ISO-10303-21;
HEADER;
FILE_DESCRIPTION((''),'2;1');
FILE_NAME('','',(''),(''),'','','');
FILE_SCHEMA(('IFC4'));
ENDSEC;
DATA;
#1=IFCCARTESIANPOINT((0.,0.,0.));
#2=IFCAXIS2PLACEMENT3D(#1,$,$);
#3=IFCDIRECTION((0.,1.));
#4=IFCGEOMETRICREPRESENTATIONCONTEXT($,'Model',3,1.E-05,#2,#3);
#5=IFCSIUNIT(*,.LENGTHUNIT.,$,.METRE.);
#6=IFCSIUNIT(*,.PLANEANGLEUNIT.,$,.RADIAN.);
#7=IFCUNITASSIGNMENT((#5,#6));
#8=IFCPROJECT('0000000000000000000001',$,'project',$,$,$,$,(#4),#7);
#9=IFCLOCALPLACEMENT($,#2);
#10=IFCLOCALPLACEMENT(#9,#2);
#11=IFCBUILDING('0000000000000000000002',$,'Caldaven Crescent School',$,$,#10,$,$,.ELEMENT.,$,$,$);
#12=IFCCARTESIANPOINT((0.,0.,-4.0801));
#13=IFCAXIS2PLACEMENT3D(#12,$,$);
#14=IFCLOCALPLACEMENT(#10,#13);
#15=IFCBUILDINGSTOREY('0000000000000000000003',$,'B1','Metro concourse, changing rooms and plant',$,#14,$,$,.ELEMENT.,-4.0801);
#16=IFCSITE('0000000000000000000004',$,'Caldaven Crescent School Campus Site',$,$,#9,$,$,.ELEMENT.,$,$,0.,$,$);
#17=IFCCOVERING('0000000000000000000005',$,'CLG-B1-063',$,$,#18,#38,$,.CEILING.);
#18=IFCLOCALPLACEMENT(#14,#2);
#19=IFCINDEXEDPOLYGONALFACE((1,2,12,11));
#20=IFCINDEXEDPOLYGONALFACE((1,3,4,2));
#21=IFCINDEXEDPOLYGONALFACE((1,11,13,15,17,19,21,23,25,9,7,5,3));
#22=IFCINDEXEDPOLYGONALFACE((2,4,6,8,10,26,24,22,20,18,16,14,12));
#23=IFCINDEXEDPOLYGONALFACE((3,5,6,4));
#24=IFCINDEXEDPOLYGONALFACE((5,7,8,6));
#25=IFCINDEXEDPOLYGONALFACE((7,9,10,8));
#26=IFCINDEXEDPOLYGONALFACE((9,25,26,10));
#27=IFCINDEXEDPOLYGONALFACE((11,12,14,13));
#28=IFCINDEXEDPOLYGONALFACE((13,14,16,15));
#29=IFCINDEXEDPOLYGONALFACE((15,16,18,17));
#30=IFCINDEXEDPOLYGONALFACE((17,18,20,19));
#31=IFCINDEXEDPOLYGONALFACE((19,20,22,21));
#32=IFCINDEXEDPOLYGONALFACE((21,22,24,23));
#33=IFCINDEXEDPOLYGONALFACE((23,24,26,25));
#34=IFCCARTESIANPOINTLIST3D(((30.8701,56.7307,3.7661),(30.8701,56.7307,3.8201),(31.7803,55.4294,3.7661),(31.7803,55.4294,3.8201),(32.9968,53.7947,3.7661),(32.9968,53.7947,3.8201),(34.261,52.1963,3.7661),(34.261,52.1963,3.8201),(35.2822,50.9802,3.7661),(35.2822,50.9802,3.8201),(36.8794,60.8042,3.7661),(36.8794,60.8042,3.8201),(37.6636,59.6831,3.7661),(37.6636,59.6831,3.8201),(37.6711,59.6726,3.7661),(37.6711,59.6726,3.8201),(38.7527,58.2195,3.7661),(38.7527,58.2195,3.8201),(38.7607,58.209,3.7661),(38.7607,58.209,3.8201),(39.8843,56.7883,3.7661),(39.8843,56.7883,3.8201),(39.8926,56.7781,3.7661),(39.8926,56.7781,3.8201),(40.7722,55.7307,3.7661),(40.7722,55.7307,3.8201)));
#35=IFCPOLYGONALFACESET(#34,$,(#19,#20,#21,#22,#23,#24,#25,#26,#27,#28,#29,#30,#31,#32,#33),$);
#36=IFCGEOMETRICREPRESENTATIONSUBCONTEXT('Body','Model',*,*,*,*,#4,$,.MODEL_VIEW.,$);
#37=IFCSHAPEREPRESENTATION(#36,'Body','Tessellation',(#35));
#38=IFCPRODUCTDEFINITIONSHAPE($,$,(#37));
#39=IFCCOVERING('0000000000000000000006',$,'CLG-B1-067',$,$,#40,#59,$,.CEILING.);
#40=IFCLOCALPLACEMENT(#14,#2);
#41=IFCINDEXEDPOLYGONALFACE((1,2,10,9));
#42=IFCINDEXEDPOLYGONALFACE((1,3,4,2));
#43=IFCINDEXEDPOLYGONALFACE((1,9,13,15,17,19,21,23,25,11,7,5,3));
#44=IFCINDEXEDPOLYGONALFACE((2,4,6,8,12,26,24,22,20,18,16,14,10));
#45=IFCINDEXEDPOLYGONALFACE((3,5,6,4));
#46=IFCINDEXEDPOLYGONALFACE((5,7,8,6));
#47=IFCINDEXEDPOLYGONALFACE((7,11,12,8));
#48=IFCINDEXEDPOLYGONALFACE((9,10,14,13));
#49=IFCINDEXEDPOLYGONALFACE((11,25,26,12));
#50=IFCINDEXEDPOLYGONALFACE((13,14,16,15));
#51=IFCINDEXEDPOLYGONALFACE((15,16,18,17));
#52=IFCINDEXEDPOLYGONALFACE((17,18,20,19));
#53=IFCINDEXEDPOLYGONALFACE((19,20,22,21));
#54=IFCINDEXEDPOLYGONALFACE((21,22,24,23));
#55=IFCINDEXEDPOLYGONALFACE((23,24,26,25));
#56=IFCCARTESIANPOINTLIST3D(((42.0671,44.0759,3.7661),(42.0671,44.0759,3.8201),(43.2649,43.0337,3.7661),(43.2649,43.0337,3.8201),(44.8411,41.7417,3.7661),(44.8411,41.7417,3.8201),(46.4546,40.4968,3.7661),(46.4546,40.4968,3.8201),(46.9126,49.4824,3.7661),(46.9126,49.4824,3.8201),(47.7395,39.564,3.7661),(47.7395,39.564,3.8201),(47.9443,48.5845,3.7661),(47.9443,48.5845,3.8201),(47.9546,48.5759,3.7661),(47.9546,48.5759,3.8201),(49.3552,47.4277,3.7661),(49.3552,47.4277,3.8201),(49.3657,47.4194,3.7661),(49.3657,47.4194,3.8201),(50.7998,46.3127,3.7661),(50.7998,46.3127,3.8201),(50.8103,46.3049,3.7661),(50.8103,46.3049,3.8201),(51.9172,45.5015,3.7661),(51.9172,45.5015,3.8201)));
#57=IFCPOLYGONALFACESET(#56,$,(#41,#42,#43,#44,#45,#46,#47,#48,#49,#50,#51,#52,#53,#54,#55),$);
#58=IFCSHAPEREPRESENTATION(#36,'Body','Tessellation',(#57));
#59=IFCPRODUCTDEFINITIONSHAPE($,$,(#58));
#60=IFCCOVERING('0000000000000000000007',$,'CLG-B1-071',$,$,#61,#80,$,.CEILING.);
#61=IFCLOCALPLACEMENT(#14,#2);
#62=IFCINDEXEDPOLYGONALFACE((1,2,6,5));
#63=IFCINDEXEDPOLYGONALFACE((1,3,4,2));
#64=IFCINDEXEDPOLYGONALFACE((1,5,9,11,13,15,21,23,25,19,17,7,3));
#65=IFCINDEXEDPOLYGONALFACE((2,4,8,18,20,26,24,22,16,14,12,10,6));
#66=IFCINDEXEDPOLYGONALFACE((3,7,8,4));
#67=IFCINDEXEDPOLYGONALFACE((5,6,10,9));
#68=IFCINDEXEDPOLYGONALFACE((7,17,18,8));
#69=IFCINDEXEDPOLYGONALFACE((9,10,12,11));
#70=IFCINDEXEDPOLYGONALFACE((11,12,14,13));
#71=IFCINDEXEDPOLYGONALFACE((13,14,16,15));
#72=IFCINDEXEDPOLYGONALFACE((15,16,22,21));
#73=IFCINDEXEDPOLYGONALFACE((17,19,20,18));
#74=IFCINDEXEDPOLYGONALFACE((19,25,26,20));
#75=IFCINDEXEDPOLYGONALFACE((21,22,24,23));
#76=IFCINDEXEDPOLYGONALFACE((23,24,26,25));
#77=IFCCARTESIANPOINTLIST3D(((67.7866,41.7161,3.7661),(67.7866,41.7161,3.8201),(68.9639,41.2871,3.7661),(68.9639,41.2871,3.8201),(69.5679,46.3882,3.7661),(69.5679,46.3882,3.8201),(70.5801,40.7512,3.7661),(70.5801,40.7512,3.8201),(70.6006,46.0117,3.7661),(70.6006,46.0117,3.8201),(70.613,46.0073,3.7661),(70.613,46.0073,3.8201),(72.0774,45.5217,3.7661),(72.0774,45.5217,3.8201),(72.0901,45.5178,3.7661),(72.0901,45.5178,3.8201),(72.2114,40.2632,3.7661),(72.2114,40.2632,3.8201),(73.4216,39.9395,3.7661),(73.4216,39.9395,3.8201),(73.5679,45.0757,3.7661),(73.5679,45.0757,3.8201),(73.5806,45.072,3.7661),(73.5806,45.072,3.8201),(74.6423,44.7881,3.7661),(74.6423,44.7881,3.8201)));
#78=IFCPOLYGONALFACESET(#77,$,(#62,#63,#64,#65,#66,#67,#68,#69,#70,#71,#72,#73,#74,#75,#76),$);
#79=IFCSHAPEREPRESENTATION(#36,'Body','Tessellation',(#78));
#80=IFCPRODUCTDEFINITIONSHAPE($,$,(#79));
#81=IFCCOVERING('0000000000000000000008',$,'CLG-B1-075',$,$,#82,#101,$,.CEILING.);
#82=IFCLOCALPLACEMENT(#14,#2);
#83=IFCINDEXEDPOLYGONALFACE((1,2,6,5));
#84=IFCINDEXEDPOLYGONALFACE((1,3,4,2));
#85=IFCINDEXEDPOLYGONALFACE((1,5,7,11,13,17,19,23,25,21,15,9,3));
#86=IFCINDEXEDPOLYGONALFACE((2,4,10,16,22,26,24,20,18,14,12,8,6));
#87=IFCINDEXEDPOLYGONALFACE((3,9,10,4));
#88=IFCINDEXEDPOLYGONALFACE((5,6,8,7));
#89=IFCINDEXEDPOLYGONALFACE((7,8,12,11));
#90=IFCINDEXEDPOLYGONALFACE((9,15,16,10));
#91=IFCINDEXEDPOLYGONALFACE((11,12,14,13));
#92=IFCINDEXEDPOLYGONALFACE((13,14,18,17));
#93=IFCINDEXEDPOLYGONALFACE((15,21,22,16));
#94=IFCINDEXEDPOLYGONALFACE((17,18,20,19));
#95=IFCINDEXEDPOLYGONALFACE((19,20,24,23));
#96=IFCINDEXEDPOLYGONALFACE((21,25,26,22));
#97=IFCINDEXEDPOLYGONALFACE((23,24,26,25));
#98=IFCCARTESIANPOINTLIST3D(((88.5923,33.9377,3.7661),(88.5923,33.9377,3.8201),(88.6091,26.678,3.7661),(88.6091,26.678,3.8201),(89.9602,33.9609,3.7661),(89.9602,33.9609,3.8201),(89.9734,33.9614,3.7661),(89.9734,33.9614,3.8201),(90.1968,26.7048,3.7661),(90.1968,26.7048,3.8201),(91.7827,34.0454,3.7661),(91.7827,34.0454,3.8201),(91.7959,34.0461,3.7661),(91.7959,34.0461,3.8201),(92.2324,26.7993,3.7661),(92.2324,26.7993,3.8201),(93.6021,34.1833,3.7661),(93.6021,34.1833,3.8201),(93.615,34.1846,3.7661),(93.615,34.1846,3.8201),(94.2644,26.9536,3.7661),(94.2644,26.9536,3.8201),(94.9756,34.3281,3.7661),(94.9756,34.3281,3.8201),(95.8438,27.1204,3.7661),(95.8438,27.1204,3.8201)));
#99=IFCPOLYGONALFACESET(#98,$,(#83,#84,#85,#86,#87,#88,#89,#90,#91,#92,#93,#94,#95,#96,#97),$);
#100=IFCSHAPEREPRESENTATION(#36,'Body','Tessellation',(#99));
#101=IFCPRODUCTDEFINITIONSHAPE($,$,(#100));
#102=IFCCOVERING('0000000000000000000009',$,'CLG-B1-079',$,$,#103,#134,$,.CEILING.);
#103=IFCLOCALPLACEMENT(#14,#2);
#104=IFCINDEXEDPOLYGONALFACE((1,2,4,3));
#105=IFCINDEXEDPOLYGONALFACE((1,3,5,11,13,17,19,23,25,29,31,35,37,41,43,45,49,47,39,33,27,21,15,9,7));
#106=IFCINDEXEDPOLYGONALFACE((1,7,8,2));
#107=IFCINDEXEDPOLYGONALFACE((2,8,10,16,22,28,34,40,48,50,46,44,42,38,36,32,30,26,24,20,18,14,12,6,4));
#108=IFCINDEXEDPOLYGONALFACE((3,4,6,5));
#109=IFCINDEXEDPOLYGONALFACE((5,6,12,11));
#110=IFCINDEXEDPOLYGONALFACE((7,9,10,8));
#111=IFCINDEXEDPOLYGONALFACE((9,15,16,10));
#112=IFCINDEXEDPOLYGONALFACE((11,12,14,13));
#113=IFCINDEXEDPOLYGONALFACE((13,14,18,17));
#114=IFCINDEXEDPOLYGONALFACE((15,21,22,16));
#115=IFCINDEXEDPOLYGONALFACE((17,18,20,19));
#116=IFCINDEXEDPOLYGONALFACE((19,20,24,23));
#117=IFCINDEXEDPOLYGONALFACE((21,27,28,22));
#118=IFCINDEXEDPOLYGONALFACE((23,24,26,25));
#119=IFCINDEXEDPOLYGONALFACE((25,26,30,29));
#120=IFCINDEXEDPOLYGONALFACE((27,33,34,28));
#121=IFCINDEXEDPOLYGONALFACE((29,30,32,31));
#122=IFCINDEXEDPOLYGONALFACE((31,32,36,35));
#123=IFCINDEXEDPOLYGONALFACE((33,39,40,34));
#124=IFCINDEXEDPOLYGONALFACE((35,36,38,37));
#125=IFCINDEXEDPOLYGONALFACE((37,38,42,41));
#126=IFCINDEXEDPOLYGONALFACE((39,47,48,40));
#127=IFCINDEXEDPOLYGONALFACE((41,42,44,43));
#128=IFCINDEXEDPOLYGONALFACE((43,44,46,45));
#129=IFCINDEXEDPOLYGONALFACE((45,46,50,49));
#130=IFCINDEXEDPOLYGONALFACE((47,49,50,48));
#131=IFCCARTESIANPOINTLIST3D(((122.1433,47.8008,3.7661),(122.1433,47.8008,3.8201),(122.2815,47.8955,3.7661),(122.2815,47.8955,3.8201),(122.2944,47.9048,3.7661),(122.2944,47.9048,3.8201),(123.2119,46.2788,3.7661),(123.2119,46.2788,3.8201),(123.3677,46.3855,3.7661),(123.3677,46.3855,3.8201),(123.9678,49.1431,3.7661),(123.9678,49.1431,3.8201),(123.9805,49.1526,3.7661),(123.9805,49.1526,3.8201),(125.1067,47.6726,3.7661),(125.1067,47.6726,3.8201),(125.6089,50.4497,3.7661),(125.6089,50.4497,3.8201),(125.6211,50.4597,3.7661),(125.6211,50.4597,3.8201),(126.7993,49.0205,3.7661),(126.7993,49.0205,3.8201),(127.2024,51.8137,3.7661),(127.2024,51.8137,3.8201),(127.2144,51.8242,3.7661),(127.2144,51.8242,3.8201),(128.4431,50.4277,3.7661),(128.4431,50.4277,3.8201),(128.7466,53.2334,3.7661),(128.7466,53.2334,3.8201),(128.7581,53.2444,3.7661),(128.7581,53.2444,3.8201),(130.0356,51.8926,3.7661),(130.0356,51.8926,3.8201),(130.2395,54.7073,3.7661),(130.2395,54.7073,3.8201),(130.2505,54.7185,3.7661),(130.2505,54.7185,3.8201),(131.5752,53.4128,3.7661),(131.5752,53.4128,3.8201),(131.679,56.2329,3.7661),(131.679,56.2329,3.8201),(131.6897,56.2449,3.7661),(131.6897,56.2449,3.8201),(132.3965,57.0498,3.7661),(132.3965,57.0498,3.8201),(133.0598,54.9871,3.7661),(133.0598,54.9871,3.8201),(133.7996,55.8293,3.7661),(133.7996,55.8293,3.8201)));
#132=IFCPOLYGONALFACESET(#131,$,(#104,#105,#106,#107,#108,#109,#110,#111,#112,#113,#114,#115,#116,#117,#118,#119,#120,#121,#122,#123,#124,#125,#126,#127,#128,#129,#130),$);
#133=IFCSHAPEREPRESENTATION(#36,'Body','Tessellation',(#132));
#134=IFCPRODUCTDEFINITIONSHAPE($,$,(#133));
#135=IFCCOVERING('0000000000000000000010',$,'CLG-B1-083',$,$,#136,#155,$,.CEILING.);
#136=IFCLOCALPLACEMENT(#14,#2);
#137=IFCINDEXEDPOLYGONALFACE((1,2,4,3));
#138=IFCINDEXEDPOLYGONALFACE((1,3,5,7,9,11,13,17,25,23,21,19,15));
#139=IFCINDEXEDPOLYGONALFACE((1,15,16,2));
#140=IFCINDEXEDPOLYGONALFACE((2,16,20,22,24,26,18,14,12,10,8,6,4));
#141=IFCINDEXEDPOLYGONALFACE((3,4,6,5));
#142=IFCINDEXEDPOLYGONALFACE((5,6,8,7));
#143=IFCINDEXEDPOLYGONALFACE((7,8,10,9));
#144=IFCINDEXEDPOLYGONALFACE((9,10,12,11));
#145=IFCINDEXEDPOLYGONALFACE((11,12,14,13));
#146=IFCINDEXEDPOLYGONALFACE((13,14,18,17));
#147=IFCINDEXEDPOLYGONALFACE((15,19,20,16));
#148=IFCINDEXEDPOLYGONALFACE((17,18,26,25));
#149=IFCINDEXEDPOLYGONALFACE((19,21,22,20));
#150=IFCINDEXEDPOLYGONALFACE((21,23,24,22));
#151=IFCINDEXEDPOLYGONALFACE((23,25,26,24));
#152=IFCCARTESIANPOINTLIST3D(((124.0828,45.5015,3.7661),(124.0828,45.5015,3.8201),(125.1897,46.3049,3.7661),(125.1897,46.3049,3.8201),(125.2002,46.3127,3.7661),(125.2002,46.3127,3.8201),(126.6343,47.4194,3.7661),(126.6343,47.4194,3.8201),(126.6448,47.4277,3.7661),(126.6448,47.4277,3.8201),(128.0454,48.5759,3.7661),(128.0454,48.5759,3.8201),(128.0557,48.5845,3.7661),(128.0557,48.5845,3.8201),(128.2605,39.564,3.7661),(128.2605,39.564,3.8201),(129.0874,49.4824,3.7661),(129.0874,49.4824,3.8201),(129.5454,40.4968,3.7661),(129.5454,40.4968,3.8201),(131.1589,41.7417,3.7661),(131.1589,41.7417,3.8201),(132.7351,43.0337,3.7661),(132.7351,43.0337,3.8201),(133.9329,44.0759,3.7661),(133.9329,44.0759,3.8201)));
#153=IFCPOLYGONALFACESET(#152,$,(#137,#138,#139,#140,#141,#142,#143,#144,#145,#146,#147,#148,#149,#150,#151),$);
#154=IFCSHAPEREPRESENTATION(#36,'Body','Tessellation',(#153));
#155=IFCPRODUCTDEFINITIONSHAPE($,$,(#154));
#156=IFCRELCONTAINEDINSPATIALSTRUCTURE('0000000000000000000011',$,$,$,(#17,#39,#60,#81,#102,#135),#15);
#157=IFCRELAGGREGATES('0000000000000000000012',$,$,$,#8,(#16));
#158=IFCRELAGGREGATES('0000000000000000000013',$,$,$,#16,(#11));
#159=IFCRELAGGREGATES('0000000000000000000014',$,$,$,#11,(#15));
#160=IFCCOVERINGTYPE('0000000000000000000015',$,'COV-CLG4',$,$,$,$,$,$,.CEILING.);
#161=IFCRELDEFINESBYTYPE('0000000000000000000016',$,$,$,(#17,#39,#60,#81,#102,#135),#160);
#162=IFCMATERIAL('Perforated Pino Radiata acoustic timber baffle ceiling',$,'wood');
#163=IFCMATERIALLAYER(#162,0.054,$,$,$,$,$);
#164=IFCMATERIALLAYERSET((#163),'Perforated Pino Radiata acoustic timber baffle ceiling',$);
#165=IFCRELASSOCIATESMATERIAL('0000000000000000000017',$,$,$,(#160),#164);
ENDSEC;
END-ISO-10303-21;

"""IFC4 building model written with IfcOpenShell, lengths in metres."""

from ifc_helpers import new_model, si_unit, direction, frame, origin, place, context, subcontext, project, spatial, polyline, outline, extrude, material, layer, layer_set, type_object, element, save


model = new_model("IFC4")

# Units and contexts
model_context = context("Model", 3, precision=1e-05, world=origin(), true_north=direction((0.0, 1.0)))
body_context = subcontext(model_context, "Body", "Model", "MODEL_VIEW")
ifc_project = project(units=[si_unit("LENGTHUNIT", "METRE"), si_unit("PLANEANGLEUNIT", "RADIAN")], contexts=[model_context])

# Site, building, storey
site_placement = place(None, origin())
site = spatial("IfcSite", under=ifc_project, at=site_placement, Name="Caldaven Crescent School Campus Site", CompositionType="ELEMENT", RefElevation=0.0)
building_placement = place(site_placement, origin())
building = spatial("IfcBuilding", under=site, at=building_placement, Name="Caldaven Crescent School", CompositionType="ELEMENT")
storey_placement = place(building_placement, frame((0.0, 0.0, -4.0801)))
storey = spatial("IfcBuildingStorey", under=building, at=storey_placement, Name="B1", Description="Metro concourse, changing rooms and plant", CompositionType="ELEMENT", Elevation=-4.0801)

# Coverings
ifc_material_1 = material(Name="Perforated Pino Radiata acoustic timber baffle ceiling", Category="wood")
ifc_layer_1 = layer(ifc_material_1, 0.054)
ifc_layer_set_1 = layer_set([ifc_layer_1], Name="Perforated Pino Radiata acoustic timber baffle ceiling")
covering_type_1 = type_object("IfcCoveringType", Name="COV-CLG4", PredefinedType="CEILING", material=ifc_layer_set_1)
covering_1_placement = place(storey_placement, frame((0.0, 0.0, 3.7661)))
element("IfcCovering", 1, at=covering_1_placement, inside=storey, type_object=covering_type_1, Name="CLG-B1-063", PredefinedType="CEILING", context=body_context, shape_type="SweptSolid", body=[
    extrude(outline(polyline([(37.6636, 59.6831), (37.6711, 59.6726), (38.7527, 58.2195), (38.7607, 58.209), (39.8843, 56.7883), (39.8926, 56.7781), (40.7722, 55.7307), (35.2822, 50.9802), (34.261, 52.1963), (32.9968, 53.7947), (31.7803, 55.4294), (30.8701, 56.7307), (36.8794, 60.8042), (37.6636, 59.6831)])), origin(), (0.0, 0.0, 1.0), 0.054),
])
covering_2_placement = place(storey_placement, frame((0.0, 0.0, 3.7661)))
element("IfcCovering", 2, at=covering_2_placement, inside=storey, type_object=covering_type_1, Name="CLG-B1-067", PredefinedType="CEILING", context=body_context, shape_type="SweptSolid", body=[
    extrude(outline(polyline([(47.9443, 48.5845), (47.9546, 48.5759), (49.3552, 47.4277), (49.3657, 47.4194), (50.7998, 46.3127), (50.8103, 46.3049), (51.9172, 45.5015), (47.7395, 39.564), (46.4546, 40.4968), (44.8411, 41.7417), (43.2649, 43.0337), (42.0671, 44.0759), (46.9126, 49.4824), (47.9443, 48.5845)])), origin(), (0.0, 0.0, 1.0), 0.054),
])
covering_3_placement = place(storey_placement, frame((0.0, 0.0, 3.7661)))
element("IfcCovering", 3, at=covering_3_placement, inside=storey, type_object=covering_type_1, Name="CLG-B1-071", PredefinedType="CEILING", context=body_context, shape_type="SweptSolid", body=[
    extrude(outline(polyline([(70.6006, 46.0117), (70.613, 46.0073), (72.0774, 45.5217), (72.0901, 45.5178), (73.5679, 45.0757), (73.5806, 45.072), (74.6423, 44.7881), (73.4216, 39.9395), (72.2114, 40.2632), (70.5801, 40.7512), (68.9639, 41.2871), (67.7866, 41.7161), (69.5679, 46.3882), (70.6006, 46.0117)])), origin(), (0.0, 0.0, 1.0), 0.054),
])
covering_4_placement = place(storey_placement, frame((0.0, 0.0, 3.7661)))
element("IfcCovering", 4, at=covering_4_placement, inside=storey, type_object=covering_type_1, Name="CLG-B1-075", PredefinedType="CEILING", context=body_context, shape_type="SweptSolid", body=[
    extrude(outline(polyline([(89.9602, 33.9609), (89.9734, 33.9614), (91.7827, 34.0454), (91.7959, 34.0461), (93.6021, 34.1833), (93.615, 34.1846), (94.9756, 34.3281), (95.8438, 27.1204), (94.2644, 26.9536), (92.2324, 26.7993), (90.1968, 26.7048), (88.6091, 26.678), (88.5923, 33.9377), (89.9602, 33.9609)])), origin(), (0.0, 0.0, 1.0), 0.054),
])
covering_5_placement = place(storey_placement, frame((0.0, 0.0, 3.7661)))
element("IfcCovering", 5, at=covering_5_placement, inside=storey, type_object=covering_type_1, Name="CLG-B1-079", PredefinedType="CEILING", context=body_context, shape_type="SweptSolid", body=[
    extrude(outline(polyline([(122.2815, 47.8955), (122.2944, 47.9048), (123.9678, 49.1431), (123.9805, 49.1526), (125.6089, 50.4497), (125.6211, 50.4597), (127.2024, 51.8137), (127.2144, 51.8242), (128.7466, 53.2334), (128.7581, 53.2444), (130.2395, 54.7073), (130.2505, 54.7185), (131.679, 56.2329), (131.6897, 56.2449), (132.3965, 57.0498), (133.7996, 55.8293), (133.0598, 54.9871), (131.5752, 53.4128), (130.0356, 51.8926), (128.4431, 50.4277), (126.7993, 49.0205), (125.1067, 47.6726), (123.3677, 46.3855), (123.2119, 46.2788), (122.1433, 47.8008), (122.2815, 47.8955)])), origin(), (0.0, 0.0, 1.0), 0.054),
])
covering_6_placement = place(storey_placement, frame((0.0, 0.0, 3.7661)))
element("IfcCovering", 6, at=covering_6_placement, inside=storey, type_object=covering_type_1, Name="CLG-B1-083", PredefinedType="CEILING", context=body_context, shape_type="SweptSolid", body=[
    extrude(outline(polyline([(125.1897, 46.3049), (125.2002, 46.3127), (126.6343, 47.4194), (126.6448, 47.4277), (128.0454, 48.5759), (128.0557, 48.5845), (129.0874, 49.4824), (133.9329, 44.0759), (132.7351, 43.0337), (131.1589, 41.7417), (129.5454, 40.4968), (128.2605, 39.564), (124.0828, 45.5015), (125.1897, 46.3049)])), origin(), (0.0, 0.0, 1.0), 0.054),
])

save(model, "model.ifc")
